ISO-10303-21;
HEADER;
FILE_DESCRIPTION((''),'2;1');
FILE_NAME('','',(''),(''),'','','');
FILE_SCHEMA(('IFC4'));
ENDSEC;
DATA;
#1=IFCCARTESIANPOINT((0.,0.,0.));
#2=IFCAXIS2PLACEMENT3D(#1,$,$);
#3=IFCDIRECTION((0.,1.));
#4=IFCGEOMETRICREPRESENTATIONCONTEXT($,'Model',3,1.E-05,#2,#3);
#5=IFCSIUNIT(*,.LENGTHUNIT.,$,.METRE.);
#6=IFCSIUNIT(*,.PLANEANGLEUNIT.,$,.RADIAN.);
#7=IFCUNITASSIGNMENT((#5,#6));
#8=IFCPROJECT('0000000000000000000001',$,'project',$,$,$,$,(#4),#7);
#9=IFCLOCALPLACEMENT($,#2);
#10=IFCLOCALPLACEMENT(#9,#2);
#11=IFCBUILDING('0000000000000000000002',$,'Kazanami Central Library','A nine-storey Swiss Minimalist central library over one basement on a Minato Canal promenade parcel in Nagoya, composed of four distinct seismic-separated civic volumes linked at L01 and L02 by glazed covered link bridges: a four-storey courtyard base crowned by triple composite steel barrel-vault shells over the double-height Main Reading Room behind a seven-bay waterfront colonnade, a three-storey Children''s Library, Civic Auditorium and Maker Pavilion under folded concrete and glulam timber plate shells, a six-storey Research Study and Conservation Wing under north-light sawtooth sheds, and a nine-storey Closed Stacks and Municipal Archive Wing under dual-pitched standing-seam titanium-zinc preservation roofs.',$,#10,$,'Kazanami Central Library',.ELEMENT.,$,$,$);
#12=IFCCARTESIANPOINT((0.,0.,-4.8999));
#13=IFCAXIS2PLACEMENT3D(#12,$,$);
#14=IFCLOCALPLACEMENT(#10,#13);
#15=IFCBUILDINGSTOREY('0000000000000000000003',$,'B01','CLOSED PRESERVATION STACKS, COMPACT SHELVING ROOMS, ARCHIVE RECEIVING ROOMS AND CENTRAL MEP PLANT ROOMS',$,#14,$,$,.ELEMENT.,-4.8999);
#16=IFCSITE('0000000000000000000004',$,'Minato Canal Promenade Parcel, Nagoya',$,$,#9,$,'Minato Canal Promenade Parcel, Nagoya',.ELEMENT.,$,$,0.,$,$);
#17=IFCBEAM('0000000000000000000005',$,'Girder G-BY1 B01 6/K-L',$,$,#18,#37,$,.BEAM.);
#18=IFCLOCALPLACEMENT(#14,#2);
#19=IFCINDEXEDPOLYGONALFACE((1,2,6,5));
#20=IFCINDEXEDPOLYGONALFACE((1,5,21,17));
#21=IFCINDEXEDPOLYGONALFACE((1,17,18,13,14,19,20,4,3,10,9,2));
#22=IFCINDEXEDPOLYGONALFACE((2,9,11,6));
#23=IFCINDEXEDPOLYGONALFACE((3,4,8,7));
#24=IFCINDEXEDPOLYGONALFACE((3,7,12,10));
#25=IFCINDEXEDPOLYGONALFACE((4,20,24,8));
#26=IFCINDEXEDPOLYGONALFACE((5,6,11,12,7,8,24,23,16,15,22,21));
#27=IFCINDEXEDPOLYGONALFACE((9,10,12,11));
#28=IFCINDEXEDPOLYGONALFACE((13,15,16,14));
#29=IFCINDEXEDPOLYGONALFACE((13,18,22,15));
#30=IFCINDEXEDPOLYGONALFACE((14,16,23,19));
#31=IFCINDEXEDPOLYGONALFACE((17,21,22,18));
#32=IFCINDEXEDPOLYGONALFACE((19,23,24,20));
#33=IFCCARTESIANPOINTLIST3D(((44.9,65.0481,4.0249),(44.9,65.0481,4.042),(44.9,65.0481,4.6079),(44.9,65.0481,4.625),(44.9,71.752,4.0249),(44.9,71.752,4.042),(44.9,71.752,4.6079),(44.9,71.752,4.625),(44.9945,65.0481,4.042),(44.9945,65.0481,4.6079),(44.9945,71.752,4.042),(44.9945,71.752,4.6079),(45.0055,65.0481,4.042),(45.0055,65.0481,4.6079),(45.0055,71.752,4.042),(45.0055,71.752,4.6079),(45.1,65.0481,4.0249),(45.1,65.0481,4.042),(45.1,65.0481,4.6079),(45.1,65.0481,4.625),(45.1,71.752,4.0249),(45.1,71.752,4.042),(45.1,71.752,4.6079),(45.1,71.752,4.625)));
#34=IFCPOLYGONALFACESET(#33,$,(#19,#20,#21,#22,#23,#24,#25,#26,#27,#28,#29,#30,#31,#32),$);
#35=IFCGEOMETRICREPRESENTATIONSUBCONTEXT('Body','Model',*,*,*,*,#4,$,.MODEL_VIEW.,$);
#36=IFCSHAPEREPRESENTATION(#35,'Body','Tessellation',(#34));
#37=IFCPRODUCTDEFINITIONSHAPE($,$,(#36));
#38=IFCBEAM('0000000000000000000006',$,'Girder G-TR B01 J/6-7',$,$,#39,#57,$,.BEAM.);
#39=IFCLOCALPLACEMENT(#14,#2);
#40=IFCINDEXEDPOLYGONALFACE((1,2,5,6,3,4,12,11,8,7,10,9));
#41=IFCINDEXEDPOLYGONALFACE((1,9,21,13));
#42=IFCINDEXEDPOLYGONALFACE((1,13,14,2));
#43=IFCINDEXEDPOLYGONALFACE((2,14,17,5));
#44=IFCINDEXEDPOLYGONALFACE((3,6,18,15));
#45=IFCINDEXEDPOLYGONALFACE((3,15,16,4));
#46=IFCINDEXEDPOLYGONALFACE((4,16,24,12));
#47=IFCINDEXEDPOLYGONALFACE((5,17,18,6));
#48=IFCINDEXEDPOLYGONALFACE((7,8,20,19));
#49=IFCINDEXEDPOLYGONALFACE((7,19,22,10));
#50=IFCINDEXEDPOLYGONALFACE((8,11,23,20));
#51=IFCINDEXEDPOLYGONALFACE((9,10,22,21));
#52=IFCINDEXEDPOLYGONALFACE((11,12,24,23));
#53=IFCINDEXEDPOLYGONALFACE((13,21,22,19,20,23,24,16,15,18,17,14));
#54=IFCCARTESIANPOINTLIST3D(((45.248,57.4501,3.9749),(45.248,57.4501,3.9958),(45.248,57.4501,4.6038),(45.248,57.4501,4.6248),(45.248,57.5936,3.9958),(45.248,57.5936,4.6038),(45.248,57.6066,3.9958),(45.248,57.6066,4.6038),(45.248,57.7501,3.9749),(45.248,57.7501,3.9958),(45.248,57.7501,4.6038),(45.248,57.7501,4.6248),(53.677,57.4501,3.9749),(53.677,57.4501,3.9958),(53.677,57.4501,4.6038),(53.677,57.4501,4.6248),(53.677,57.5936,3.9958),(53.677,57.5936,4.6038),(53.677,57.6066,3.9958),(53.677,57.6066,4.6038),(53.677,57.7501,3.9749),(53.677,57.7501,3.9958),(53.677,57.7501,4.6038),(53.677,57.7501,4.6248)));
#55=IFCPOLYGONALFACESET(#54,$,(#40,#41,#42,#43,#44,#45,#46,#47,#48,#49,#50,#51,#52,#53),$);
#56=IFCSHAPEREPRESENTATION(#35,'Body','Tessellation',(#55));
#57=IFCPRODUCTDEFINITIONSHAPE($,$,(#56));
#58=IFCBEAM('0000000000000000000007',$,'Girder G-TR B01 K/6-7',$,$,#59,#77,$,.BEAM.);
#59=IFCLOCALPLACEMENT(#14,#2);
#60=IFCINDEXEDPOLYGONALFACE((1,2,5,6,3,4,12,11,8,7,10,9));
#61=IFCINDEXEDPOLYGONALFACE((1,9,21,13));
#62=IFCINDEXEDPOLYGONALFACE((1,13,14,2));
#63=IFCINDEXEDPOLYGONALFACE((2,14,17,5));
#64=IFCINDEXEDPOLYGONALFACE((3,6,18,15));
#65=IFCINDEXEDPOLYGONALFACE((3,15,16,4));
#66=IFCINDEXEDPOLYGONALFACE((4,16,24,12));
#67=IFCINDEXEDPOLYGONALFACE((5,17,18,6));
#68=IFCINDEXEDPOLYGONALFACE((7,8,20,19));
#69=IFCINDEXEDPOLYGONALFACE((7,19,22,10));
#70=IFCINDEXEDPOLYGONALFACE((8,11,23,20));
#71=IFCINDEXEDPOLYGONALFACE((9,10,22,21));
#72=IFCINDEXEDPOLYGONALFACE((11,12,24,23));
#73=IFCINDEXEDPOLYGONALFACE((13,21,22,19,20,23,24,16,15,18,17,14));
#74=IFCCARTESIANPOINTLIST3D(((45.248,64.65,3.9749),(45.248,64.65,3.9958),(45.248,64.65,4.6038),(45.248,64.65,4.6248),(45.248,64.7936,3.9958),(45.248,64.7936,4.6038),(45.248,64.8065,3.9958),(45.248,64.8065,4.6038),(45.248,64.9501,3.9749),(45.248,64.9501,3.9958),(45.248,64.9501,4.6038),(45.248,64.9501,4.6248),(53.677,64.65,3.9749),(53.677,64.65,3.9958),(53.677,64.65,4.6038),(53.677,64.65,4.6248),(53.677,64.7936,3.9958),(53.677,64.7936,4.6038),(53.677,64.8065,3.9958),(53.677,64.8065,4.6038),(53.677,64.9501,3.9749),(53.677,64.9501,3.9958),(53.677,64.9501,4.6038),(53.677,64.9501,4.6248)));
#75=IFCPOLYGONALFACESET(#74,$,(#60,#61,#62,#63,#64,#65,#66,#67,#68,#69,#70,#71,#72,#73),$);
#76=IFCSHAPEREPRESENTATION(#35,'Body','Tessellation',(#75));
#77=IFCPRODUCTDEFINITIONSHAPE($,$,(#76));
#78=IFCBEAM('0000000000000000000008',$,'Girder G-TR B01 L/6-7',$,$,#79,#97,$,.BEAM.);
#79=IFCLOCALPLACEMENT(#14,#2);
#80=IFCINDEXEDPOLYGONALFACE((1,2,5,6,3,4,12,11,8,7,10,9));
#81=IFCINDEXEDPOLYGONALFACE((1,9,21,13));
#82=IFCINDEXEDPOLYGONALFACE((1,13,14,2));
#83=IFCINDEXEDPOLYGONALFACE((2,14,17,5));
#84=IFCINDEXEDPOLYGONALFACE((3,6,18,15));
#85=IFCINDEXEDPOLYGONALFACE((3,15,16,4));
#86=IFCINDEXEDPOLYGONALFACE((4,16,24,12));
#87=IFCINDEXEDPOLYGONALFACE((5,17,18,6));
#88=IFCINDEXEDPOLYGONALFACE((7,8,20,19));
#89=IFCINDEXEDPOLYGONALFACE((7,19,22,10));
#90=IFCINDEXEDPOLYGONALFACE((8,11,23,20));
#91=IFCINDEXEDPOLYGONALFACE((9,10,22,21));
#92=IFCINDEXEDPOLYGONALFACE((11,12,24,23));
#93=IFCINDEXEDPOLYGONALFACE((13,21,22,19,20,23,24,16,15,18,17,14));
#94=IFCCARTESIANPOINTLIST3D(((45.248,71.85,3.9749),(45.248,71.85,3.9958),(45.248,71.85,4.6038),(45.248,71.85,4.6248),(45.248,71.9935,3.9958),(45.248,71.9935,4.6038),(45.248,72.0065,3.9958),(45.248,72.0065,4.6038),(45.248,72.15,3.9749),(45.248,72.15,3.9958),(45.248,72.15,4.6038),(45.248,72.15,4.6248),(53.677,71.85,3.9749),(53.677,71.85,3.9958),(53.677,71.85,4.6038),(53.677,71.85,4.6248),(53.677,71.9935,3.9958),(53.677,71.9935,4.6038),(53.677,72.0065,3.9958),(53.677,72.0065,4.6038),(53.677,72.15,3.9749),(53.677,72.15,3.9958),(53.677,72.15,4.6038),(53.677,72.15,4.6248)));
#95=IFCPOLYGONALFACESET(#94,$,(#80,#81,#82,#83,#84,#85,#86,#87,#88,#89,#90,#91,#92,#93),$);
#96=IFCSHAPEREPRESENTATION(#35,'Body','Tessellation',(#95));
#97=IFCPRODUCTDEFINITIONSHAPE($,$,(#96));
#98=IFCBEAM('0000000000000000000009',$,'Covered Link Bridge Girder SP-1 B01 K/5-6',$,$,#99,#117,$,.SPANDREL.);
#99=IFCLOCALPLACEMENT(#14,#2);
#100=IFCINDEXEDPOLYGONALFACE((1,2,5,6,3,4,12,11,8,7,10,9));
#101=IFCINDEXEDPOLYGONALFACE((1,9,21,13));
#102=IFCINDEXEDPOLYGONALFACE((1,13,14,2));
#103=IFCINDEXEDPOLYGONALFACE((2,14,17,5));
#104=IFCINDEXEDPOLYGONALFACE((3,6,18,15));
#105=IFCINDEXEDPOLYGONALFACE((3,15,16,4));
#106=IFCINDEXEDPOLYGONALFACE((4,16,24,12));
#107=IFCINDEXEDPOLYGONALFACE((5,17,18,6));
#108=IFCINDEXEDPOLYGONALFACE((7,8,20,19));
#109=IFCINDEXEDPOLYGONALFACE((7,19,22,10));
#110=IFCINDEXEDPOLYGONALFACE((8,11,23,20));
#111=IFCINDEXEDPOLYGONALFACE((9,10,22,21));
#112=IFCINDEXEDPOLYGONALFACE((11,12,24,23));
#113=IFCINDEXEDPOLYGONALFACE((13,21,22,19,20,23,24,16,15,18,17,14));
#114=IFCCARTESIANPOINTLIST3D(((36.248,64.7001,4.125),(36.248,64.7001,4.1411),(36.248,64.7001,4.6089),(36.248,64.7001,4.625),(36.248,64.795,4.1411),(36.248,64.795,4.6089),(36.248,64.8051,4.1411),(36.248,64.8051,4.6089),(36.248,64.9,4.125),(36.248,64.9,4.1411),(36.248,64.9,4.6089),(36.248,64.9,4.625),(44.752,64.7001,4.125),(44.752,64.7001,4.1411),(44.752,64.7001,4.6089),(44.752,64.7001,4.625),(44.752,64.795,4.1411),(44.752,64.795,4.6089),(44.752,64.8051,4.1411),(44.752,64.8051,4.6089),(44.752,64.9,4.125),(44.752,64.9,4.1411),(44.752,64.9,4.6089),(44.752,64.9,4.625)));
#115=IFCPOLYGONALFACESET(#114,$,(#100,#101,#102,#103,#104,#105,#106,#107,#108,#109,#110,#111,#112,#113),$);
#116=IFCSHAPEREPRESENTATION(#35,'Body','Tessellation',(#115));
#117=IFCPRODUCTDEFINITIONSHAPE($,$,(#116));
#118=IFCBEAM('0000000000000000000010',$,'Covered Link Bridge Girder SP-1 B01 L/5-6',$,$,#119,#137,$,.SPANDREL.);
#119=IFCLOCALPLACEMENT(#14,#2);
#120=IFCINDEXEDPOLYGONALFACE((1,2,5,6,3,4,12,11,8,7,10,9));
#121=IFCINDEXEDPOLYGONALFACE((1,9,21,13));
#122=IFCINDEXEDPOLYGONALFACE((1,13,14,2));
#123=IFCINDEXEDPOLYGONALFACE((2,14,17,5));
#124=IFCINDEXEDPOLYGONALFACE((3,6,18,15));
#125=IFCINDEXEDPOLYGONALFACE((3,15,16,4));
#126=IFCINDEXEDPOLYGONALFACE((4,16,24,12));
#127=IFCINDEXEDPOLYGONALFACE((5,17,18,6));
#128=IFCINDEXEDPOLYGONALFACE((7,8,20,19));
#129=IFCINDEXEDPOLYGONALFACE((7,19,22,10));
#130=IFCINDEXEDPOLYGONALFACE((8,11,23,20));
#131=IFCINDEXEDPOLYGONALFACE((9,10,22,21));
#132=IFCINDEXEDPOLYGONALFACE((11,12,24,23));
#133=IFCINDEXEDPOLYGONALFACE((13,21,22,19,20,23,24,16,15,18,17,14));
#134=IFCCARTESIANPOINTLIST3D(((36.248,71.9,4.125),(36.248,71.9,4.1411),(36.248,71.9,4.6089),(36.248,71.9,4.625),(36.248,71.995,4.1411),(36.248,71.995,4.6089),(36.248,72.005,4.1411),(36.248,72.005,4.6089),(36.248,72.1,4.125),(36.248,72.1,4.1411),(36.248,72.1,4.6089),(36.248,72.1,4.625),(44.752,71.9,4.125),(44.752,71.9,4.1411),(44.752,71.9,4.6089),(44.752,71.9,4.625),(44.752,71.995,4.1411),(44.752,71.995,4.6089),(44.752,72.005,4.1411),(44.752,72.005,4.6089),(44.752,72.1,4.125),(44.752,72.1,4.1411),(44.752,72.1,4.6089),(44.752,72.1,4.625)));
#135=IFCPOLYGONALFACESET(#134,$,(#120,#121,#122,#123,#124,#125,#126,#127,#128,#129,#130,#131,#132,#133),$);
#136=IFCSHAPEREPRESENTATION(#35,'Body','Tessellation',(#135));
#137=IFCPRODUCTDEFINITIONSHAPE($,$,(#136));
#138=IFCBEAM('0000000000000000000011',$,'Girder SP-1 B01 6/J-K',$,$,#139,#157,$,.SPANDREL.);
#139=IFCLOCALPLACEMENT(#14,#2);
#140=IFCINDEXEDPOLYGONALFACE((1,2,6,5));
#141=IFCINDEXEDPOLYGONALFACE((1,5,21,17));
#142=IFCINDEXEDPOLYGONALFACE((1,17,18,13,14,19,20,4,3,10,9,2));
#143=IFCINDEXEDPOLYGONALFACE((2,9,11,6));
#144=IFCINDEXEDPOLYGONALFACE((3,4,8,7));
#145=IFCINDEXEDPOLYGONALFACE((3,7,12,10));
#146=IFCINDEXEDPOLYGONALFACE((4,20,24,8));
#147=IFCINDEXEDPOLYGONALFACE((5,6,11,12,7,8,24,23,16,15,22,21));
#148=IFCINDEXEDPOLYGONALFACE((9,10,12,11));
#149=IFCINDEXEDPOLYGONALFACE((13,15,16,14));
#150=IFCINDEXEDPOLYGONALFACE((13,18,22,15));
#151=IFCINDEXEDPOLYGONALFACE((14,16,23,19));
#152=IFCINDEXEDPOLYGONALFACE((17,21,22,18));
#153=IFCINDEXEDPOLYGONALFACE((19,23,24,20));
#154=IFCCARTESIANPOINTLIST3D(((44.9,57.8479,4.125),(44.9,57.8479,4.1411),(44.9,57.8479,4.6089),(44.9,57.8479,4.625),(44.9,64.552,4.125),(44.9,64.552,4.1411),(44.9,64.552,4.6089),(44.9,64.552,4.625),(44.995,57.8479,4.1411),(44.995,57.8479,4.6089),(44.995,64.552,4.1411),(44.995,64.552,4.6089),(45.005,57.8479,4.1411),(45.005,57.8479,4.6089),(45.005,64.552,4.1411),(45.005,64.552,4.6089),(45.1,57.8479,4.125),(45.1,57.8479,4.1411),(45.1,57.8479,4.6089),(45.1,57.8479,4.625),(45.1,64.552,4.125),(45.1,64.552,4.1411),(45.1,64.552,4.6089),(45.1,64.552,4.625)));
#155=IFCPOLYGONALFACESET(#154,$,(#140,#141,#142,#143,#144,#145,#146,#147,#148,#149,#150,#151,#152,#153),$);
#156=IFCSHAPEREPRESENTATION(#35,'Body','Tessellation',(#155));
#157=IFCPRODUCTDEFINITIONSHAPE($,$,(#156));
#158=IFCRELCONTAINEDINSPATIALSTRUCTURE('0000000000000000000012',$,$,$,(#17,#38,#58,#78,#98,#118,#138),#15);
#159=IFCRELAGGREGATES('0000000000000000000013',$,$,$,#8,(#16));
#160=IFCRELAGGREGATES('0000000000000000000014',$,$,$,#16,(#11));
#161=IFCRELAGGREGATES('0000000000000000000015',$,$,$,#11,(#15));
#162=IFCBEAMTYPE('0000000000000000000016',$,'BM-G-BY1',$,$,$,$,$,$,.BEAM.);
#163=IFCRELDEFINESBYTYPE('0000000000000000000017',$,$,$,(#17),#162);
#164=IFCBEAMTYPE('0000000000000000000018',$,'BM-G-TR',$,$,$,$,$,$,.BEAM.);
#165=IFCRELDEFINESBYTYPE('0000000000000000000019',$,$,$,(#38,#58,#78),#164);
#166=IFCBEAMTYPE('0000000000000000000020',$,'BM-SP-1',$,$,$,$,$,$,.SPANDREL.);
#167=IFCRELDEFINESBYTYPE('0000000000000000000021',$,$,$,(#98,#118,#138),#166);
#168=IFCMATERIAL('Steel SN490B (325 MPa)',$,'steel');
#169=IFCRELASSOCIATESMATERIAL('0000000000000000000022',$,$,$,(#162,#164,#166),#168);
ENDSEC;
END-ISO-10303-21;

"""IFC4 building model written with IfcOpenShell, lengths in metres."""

from ifc_helpers import new_model, si_unit, direction, frame, origin, origin_2d, place, context, subcontext, project, spatial, i_section, extrude, material, material_profile, profile_set, type_object, element, save


model = new_model("IFC4")

# Units and contexts
model_context = context("Model", 3, precision=1e-05, world=origin(), true_north=direction((0.0, 1.0)))
body_context = subcontext(model_context, "Body", "Model", "MODEL_VIEW")
ifc_project = project(units=[si_unit("LENGTHUNIT", "METRE"), si_unit("PLANEANGLEUNIT", "RADIAN")], contexts=[model_context])

# Site, building, storey
site_placement = place(None, origin())
site = spatial("IfcSite", under=ifc_project, at=site_placement, Name="Minato Canal Promenade Parcel, Nagoya", LongName="Minato Canal Promenade Parcel, Nagoya", CompositionType="ELEMENT", RefElevation=0.0)
building_placement = place(site_placement, origin())
building = spatial("IfcBuilding", under=site, at=building_placement, Name="Kazanami Central Library", Description="A nine-storey Swiss Minimalist central library over one basement on a Minato Canal promenade parcel in Nagoya, composed of four distinct seismic-separated civic volumes linked at L01 and L02 by glazed covered link bridges: a four-storey courtyard base crowned by triple composite steel barrel-vault shells over the double-height Main Reading Room behind a seven-bay waterfront colonnade, a three-storey Children's Library, Civic Auditorium and Maker Pavilion under folded concrete and glulam timber plate shells, a six-storey Research Study and Conservation Wing under north-light sawtooth sheds, and a nine-storey Closed Stacks and Municipal Archive Wing under dual-pitched standing-seam titanium-zinc preservation roofs.", LongName="Kazanami Central Library", CompositionType="ELEMENT")
storey_placement = place(building_placement, frame((0.0, 0.0, -4.8999)))
storey = spatial("IfcBuildingStorey", under=building, at=storey_placement, Name="B01", Description="CLOSED PRESERVATION STACKS, COMPACT SHELVING ROOMS, ARCHIVE RECEIVING ROOMS AND CENTRAL MEP PLANT ROOMS", CompositionType="ELEMENT", Elevation=-4.8999)

# Beams
ifc_material_1 = material(Name="Steel SN490B (325 MPa)", Category="steel")
ifc_material_profile_1 = material_profile(ifc_material_1, i_section(OverallWidth=0.2, OverallDepth=0.6001, WebThickness=0.011, FlangeThickness=0.0171, at=origin_2d()), Name="H-600x200x11x17")
ifc_profile_set_1 = profile_set([ifc_material_profile_1], Name="Steel SN490B (325 MPa)")
beam_type_1 = type_object("IfcBeamType", Name="BM-G-BY1", PredefinedType="BEAM", material=ifc_profile_set_1)
beam_1_placement = place(storey_placement, frame((45.0, 65.0481, 4.325), z_axis=(0.0, 1.0, 0.0), x_axis=(-1.0, 0.0, 0.0)))
element("IfcBeam", 1, at=beam_1_placement, inside=storey, type_object=beam_type_1, Name="Girder G-BY1 B01 6/K-L", PredefinedType="BEAM", context=body_context, shape_type="SweptSolid", body=[
    extrude(i_section(OverallWidth=0.2, OverallDepth=0.6001, WebThickness=0.011, FlangeThickness=0.0171, at=origin_2d()), origin(), (0.0, 0.0, 1.0), 6.7039),
])
ifc_material_profile_2 = material_profile(ifc_material_1, i_section(OverallWidth=0.3, OverallDepth=0.6499, WebThickness=0.0129, FlangeThickness=0.021, at=origin_2d()), Name="H-650x300x13x21")
ifc_profile_set_2 = profile_set([ifc_material_profile_2], Name="Steel SN490B (325 MPa)")
beam_type_2 = type_object("IfcBeamType", Name="BM-G-TR", PredefinedType="BEAM", material=ifc_profile_set_2)
for number, where, z_axis, x_axis, name in (
    (2, (45.248, 57.6001, 4.2998), (1.0, 0.0, 0.0), (0.0, 1.0, 0.0), "Girder G-TR B01 J/6-7"),
    (3, (45.248, 64.8, 4.2998), (1.0, 0.0, 0.0), (0.0, 1.0, 0.0), "Girder G-TR B01 K/6-7"),
    (4, (45.248, 72.0, 4.2998), (1.0, 0.0, 0.0), (0.0, 1.0, 0.0), "Girder G-TR B01 L/6-7"),
):
    element("IfcBeam", number, at=place(storey_placement, frame(where, z_axis=z_axis, x_axis=x_axis)), inside=storey, type_object=beam_type_2, Name=name, PredefinedType="BEAM", context=body_context, shape_type="SweptSolid", body=[
        extrude(i_section(OverallWidth=0.3, OverallDepth=0.6499, WebThickness=0.0129, FlangeThickness=0.021, at=origin_2d()), origin(), (0.0, 0.0, 1.0), 8.429),
    ])
ifc_material_profile_3 = material_profile(ifc_material_1, i_section(OverallWidth=0.2, OverallDepth=0.5, WebThickness=0.01, FlangeThickness=0.0161, at=origin_2d()), Name="H-500x200x10x16")
ifc_profile_set_3 = profile_set([ifc_material_profile_3], Name="Steel SN490B (325 MPa)")
beam_type_3 = type_object("IfcBeamType", Name="BM-SP-1", PredefinedType="SPANDREL", material=ifc_profile_set_3)
for number, where, z_axis, x_axis, name in (
    (5, (36.248, 64.8, 4.375), (1.0, 0.0, 0.0), (0.0, 1.0, 0.0), "Covered Link Bridge Girder SP-1 B01 K/5-6"),
    (6, (36.248, 72.0, 4.375), (1.0, 0.0, 0.0), (0.0, 1.0, 0.0), "Covered Link Bridge Girder SP-1 B01 L/5-6"),
):
    element("IfcBeam", number, at=place(storey_placement, frame(where, z_axis=z_axis, x_axis=x_axis)), inside=storey, type_object=beam_type_3, Name=name, PredefinedType="SPANDREL", context=body_context, shape_type="SweptSolid", body=[
        extrude(i_section(OverallWidth=0.2, OverallDepth=0.5, WebThickness=0.01, FlangeThickness=0.0161, at=origin_2d()), origin(), (0.0, 0.0, 1.0), 8.5039),
    ])
beam_2_placement = place(storey_placement, frame((45.0, 57.8479, 4.375), z_axis=(0.0, 1.0, 0.0), x_axis=(-1.0, 0.0, 0.0)))
element("IfcBeam", 7, at=beam_2_placement, inside=storey, type_object=beam_type_3, Name="Girder SP-1 B01 6/J-K", PredefinedType="SPANDREL", context=body_context, shape_type="SweptSolid", body=[
    extrude(i_section(OverallWidth=0.2, OverallDepth=0.5, WebThickness=0.01, FlangeThickness=0.0161, at=origin_2d()), origin(), (0.0, 0.0, 1.0), 6.7041),
])

save(model, "model.ifc")
